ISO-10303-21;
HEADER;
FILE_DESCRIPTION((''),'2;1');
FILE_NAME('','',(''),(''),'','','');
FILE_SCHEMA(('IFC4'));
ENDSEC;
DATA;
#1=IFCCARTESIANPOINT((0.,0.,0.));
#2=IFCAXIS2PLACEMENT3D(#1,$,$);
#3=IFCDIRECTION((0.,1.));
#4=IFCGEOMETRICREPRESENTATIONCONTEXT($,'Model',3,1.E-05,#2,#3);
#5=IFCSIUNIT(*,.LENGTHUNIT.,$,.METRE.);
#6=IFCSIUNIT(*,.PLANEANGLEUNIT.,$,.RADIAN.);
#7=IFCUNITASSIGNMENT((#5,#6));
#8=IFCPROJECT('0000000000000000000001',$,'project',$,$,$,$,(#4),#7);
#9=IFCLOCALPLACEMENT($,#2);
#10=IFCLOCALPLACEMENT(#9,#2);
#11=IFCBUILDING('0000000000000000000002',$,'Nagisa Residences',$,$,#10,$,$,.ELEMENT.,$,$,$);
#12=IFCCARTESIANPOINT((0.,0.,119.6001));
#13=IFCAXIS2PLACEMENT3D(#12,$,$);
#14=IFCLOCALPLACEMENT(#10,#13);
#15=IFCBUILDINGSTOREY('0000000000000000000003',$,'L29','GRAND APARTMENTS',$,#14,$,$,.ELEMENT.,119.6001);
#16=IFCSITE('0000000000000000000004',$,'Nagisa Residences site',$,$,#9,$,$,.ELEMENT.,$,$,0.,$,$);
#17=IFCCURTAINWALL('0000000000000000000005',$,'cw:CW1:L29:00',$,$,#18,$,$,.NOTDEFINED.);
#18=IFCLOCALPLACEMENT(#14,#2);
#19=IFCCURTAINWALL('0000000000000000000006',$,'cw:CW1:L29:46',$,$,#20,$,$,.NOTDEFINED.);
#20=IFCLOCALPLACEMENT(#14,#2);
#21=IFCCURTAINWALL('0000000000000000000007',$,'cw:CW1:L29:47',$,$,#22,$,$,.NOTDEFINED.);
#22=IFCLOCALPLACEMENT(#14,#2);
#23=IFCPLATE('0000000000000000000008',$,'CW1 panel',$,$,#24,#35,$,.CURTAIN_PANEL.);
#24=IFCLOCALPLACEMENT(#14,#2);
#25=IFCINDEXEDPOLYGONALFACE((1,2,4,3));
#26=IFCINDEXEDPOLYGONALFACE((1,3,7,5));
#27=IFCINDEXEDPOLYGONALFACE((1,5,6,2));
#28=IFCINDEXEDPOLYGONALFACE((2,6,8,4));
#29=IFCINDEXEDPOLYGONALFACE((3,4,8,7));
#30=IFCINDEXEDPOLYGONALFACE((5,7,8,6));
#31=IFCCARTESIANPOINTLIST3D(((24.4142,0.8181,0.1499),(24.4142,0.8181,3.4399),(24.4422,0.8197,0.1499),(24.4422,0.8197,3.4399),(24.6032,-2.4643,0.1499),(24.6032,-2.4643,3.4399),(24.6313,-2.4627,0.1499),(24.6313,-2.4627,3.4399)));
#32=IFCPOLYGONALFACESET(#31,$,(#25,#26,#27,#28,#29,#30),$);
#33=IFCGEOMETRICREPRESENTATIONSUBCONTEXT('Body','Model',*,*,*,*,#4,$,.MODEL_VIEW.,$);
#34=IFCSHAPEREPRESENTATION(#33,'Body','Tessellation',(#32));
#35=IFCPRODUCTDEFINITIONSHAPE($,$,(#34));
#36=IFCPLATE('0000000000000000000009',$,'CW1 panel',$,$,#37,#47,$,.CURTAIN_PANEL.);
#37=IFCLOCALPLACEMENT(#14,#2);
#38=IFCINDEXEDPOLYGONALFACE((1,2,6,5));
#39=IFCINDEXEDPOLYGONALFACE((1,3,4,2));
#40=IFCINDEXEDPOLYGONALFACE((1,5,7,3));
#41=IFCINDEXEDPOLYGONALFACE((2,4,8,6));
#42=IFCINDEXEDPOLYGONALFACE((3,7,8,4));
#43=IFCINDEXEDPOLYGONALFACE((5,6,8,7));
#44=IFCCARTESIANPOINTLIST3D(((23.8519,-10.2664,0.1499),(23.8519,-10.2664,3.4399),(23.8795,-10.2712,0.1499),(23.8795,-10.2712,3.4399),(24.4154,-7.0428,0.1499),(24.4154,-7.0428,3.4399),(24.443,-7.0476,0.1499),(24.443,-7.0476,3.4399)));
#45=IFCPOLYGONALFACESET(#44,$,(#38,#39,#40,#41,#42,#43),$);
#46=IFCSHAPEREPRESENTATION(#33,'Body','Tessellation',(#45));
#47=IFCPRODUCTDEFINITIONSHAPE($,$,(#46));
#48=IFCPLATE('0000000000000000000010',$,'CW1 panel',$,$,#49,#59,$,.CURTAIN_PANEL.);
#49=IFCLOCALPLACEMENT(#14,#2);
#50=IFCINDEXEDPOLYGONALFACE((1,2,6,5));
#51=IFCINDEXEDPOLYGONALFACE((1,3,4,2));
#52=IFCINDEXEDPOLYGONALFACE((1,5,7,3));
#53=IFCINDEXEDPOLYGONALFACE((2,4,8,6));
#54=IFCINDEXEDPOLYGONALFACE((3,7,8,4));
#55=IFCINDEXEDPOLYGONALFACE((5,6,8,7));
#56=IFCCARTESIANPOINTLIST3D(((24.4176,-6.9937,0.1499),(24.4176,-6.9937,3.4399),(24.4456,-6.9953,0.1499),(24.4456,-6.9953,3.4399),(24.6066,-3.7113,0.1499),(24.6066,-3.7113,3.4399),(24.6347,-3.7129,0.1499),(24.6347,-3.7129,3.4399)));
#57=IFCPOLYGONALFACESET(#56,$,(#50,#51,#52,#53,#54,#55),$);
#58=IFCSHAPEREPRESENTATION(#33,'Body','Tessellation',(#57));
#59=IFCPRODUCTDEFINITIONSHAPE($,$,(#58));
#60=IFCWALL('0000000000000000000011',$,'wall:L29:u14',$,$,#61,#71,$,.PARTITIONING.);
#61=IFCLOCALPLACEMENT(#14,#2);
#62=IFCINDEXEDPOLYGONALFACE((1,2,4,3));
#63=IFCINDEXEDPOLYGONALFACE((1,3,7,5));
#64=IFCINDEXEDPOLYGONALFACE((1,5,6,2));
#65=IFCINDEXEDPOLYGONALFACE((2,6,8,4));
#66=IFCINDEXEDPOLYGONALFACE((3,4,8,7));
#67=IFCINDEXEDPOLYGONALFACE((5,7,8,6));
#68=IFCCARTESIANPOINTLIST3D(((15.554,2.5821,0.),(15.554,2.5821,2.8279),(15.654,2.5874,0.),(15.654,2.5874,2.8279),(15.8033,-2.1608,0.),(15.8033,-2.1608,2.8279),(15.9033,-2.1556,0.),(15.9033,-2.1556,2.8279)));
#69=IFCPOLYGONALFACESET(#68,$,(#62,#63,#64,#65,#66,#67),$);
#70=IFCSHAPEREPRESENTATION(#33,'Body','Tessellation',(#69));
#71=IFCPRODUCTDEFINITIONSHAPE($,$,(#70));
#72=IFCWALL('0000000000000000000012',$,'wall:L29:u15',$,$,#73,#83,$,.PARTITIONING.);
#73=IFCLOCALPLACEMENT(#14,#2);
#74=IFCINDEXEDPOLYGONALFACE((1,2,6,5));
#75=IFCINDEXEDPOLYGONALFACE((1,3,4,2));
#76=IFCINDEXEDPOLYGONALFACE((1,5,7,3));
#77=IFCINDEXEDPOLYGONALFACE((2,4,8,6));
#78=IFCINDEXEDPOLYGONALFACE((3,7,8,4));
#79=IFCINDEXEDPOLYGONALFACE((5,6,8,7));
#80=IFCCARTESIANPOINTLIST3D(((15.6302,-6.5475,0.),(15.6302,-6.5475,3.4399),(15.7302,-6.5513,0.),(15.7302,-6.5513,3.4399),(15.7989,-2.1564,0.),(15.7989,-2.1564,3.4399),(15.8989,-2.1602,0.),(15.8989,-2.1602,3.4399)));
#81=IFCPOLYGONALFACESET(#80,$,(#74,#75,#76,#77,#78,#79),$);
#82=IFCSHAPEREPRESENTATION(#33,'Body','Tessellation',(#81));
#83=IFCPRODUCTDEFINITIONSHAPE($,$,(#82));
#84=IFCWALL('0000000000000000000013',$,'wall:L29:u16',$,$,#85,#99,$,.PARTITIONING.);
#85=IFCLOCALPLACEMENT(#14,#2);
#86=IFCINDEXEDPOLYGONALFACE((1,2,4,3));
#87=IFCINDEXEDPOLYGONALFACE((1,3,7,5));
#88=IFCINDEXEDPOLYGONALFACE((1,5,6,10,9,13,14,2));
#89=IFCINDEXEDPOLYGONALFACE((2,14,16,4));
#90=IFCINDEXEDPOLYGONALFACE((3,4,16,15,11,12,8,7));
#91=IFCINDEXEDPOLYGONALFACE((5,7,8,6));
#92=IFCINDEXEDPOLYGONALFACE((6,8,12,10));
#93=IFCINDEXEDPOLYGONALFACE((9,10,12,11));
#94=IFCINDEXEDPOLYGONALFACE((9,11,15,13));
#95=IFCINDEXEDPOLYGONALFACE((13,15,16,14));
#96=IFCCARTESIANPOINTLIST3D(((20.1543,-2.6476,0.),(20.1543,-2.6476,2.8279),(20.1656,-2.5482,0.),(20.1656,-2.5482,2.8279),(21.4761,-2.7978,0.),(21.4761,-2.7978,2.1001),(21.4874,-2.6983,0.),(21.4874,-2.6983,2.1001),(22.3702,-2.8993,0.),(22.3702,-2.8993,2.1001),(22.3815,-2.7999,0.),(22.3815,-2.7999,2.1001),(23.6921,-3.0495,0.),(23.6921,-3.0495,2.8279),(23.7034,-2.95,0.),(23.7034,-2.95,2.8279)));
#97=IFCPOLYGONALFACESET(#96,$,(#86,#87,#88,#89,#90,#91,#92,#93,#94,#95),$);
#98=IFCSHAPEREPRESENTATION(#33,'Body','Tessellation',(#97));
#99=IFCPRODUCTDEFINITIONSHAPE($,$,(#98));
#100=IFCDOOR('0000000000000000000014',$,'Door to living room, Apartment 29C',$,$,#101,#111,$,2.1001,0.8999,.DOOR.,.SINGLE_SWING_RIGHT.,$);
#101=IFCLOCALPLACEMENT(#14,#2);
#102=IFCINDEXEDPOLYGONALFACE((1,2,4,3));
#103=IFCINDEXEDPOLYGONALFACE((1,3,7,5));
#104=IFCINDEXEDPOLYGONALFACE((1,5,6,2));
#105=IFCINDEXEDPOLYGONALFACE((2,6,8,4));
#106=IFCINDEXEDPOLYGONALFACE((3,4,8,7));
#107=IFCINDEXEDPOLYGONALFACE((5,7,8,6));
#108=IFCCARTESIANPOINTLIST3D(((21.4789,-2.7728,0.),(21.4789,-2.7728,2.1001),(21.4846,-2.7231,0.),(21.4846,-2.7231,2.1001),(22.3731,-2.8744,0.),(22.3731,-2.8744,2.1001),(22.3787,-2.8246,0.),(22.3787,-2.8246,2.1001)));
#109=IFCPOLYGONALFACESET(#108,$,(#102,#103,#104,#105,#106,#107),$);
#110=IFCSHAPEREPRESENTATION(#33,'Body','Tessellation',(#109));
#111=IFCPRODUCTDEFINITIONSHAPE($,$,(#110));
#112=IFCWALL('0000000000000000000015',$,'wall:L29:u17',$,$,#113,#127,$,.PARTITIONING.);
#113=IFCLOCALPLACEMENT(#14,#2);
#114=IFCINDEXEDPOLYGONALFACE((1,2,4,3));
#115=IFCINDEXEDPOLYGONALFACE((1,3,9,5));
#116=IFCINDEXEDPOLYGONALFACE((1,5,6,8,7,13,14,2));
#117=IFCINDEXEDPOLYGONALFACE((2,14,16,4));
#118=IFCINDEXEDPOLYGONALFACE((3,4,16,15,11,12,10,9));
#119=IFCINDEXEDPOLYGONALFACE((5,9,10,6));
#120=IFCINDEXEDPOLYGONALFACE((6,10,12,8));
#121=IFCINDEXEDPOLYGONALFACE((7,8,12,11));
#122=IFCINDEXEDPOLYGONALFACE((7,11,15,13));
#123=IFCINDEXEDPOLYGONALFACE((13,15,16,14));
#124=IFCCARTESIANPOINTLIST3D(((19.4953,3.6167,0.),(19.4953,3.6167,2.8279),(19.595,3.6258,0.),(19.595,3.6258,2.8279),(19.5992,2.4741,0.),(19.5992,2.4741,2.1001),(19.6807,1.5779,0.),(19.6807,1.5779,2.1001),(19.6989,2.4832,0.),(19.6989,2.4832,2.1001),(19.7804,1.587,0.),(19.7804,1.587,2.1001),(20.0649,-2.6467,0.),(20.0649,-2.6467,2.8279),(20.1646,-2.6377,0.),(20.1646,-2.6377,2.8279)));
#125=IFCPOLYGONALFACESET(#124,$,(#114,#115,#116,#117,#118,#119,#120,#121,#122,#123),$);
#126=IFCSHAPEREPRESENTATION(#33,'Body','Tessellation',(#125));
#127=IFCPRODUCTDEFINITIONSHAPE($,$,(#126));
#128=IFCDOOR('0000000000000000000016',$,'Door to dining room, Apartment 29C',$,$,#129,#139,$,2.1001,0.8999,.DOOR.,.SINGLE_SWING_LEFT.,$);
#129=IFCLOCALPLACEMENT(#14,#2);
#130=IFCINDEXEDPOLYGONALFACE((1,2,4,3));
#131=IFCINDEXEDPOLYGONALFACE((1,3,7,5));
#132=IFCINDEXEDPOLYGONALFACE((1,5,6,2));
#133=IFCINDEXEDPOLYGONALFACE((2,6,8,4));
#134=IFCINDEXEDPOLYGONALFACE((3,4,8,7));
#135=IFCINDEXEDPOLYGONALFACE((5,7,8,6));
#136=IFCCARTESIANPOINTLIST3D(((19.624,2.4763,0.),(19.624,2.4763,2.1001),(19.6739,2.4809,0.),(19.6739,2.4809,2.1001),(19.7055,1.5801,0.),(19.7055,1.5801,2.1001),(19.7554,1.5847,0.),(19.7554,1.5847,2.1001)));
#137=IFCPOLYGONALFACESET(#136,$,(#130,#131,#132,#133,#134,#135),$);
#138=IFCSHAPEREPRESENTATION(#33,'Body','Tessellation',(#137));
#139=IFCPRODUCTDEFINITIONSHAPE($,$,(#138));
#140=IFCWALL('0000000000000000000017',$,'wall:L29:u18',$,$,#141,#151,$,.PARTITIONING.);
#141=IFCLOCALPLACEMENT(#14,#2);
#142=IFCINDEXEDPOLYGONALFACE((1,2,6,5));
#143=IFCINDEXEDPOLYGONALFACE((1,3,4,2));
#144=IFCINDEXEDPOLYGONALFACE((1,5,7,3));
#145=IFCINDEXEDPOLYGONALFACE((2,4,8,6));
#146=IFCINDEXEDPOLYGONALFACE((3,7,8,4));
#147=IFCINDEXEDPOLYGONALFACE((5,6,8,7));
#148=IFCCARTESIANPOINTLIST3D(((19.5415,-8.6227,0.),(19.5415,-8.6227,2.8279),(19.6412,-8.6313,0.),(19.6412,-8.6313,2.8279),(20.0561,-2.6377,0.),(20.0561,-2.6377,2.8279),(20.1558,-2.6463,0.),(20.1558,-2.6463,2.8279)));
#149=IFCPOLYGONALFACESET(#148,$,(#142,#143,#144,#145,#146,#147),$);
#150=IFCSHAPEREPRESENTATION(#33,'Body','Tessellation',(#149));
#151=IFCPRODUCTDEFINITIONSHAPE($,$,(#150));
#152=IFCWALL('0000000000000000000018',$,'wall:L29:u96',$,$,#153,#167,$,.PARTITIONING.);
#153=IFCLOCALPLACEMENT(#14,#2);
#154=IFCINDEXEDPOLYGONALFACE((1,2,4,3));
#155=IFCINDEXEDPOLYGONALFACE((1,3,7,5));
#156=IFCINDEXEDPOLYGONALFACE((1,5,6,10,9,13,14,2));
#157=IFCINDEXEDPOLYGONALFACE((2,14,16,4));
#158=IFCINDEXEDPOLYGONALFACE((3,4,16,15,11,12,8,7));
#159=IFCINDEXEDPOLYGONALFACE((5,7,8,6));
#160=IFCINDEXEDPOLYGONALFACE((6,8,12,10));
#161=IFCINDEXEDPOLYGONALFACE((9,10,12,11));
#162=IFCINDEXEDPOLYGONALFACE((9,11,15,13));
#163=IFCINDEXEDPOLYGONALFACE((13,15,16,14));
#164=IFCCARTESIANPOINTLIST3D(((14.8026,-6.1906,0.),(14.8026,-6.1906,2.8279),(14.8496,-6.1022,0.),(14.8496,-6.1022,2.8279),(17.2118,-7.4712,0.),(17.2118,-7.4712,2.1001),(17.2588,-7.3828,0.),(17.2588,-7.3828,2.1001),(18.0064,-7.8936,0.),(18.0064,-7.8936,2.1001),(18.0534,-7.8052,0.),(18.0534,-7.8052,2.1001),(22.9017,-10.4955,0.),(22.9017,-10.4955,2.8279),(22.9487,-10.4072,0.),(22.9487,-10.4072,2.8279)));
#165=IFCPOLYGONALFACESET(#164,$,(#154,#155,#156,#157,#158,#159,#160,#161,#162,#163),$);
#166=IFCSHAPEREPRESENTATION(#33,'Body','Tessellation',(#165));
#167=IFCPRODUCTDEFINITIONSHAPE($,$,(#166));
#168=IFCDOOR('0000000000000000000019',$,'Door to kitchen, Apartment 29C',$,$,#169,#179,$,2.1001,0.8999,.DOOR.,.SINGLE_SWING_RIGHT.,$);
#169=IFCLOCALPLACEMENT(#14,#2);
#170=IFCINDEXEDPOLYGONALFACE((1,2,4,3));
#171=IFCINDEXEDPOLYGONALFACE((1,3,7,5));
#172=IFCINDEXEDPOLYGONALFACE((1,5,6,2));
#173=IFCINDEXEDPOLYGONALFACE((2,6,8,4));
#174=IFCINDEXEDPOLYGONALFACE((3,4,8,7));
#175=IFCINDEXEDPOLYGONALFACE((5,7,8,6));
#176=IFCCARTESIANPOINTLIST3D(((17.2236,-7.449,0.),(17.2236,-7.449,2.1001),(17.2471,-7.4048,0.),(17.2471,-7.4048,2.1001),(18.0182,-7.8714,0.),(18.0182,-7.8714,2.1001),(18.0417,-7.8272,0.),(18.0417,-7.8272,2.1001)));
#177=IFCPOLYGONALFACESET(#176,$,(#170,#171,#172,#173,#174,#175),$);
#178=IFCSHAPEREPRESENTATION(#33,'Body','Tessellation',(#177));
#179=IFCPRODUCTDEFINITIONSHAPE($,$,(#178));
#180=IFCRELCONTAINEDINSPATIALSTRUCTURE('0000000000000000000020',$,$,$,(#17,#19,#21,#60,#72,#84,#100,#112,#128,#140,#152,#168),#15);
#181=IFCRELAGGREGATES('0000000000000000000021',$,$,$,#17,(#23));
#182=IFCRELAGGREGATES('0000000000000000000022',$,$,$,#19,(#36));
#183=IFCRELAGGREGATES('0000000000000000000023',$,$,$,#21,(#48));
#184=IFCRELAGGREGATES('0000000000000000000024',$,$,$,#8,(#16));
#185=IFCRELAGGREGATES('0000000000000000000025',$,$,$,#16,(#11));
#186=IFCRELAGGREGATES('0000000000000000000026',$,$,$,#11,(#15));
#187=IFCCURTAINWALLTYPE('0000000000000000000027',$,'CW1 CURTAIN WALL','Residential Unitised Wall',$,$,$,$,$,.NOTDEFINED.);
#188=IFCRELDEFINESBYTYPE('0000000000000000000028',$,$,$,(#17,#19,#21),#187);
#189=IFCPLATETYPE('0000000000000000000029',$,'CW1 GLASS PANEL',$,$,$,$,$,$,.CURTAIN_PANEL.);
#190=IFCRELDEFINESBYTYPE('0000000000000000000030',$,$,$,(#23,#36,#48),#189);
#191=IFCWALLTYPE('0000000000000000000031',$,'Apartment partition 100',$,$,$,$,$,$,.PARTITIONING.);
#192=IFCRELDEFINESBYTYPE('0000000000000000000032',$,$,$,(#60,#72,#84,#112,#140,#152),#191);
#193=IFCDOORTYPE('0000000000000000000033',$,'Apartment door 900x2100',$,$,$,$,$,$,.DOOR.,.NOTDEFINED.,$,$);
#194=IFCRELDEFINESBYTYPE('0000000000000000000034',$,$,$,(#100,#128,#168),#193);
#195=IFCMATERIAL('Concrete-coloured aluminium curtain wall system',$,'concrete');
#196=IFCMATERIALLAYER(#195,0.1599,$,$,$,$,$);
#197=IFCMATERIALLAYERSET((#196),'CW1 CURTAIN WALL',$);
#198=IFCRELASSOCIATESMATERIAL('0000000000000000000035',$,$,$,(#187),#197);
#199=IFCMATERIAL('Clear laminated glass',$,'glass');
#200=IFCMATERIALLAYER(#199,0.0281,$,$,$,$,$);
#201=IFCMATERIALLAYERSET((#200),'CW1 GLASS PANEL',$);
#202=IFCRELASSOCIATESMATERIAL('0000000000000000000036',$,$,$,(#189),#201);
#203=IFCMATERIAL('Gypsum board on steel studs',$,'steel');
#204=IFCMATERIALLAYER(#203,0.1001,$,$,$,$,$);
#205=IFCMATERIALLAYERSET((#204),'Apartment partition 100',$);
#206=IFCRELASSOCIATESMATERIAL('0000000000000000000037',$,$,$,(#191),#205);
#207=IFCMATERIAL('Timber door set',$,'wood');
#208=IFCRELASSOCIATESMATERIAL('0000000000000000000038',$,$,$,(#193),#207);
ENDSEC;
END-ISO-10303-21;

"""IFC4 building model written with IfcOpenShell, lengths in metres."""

from ifc_helpers import new_model, si_unit, direction, frame, frame_2d, origin, origin_2d, place, context, subcontext, project, spatial, rectangle, extrude, material, layer, layer_set, type_object, element, fill, aggregate, save


model = new_model("IFC4")

# Units and contexts
model_context = context("Model", 3, precision=1e-05, world=origin(), true_north=direction((0.0, 1.0)))
body_context = subcontext(model_context, "Body", "Model", "MODEL_VIEW")
ifc_project = project(units=[si_unit("LENGTHUNIT", "METRE"), si_unit("PLANEANGLEUNIT", "RADIAN")], contexts=[model_context])

# Site, building, storey
site_placement = place(None, origin())
site = spatial("IfcSite", under=ifc_project, at=site_placement, Name="Nagisa Residences site", CompositionType="ELEMENT", RefElevation=0.0)
building_placement = place(site_placement, origin())
building = spatial("IfcBuilding", under=site, at=building_placement, Name="Nagisa Residences", CompositionType="ELEMENT")
storey_placement = place(building_placement, frame((0.0, 0.0, 119.6001)))
storey = spatial("IfcBuildingStorey", under=building, at=storey_placement, Name="L29", Description="GRAND APARTMENTS", CompositionType="ELEMENT", Elevation=119.6001)

# Curtain walls
ifc_material_1 = material(Name="Concrete-coloured aluminium curtain wall system", Category="concrete")
ifc_layer_1 = layer(ifc_material_1, 0.1599)
ifc_layer_set_1 = layer_set([ifc_layer_1], Name="CW1 CURTAIN WALL")
curtain_wall_type = type_object("IfcCurtainWallType", Name="CW1 CURTAIN WALL", Description="Residential Unitised Wall", PredefinedType="NOTDEFINED", material=ifc_layer_set_1)
curtain_wall_1_placement = place(storey_placement, origin())
curtain_wall_1 = element("IfcCurtainWall", 1, at=curtain_wall_1_placement, inside=storey, type_object=curtain_wall_type, Name="cw:CW1:L29:00", PredefinedType="NOTDEFINED")
curtain_wall_2_placement = place(storey_placement, origin())
curtain_wall_2 = element("IfcCurtainWall", 2, at=curtain_wall_2_placement, inside=storey, type_object=curtain_wall_type, Name="cw:CW1:L29:46", PredefinedType="NOTDEFINED")
curtain_wall_3_placement = place(storey_placement, origin())
curtain_wall_3 = element("IfcCurtainWall", 3, at=curtain_wall_3_placement, inside=storey, type_object=curtain_wall_type, Name="cw:CW1:L29:47", PredefinedType="NOTDEFINED")

# Plates
ifc_material_2 = material(Name="Clear laminated glass", Category="glass")
ifc_layer_2 = layer(ifc_material_2, 0.0281)
ifc_layer_set_2 = layer_set([ifc_layer_2], Name="CW1 GLASS PANEL")
plate_type = type_object("IfcPlateType", Name="CW1 GLASS PANEL", PredefinedType="CURTAIN_PANEL", material=ifc_layer_set_2)
plate_1_placement = place(storey_placement, frame((24.5227, -0.8223, 0.1499), z_axis=(0.0, 0.0, 1.0), x_axis=(-0.057503, 0.998345, 0.0)))
plate_1 = element("IfcPlate", 4, at=plate_1_placement, type_object=plate_type, Name="CW1 panel", PredefinedType="CURTAIN_PANEL", context=body_context, shape_type="SweptSolid", body=[
    extrude(rectangle(XDim=3.2878, YDim=0.0281, at=origin_2d()), origin(), (0.0, 0.0, 1.0), 3.29),
])
aggregate(curtain_wall_1, [plate_1])
plate_2_placement = place(storey_placement, frame((24.1475, -8.657, 0.1499), z_axis=(0.0, 0.0, 1.0), x_axis=(0.172191, 0.985064, 0.0)))
plate_2 = element("IfcPlate", 5, at=plate_2_placement, type_object=plate_type, Name="CW1 panel", PredefinedType="CURTAIN_PANEL", context=body_context, shape_type="SweptSolid", body=[
    extrude(rectangle(XDim=3.2725, YDim=0.0281, at=origin_2d()), origin(), (0.0, 0.0, 1.0), 3.29),
])
aggregate(curtain_wall_2, [plate_2])
plate_3_placement = place(storey_placement, frame((24.5261, -5.3533, 0.1499), z_axis=(0.0, 0.0, 1.0), x_axis=(0.057503, 0.998345, 0.0)))
plate_3 = element("IfcPlate", 6, at=plate_3_placement, type_object=plate_type, Name="CW1 panel", PredefinedType="CURTAIN_PANEL", context=body_context, shape_type="SweptSolid", body=[
    extrude(rectangle(XDim=3.2878, YDim=0.0281, at=origin_2d()), origin(), (0.0, 0.0, 1.0), 3.29),
])
aggregate(curtain_wall_3, [plate_3])

# Walls
ifc_material_3 = material(Name="Gypsum board on steel studs", Category="steel")
ifc_layer_3 = layer(ifc_material_3, 0.1001)
ifc_layer_set_3 = layer_set([ifc_layer_3], Name="Apartment partition 100")
wall_type_1 = type_object("IfcWallType", Name="Apartment partition 100", PredefinedType="PARTITIONING", material=ifc_layer_set_3)
wall_1_placement = place(storey_placement, frame((15.8533, -2.1582, 0.0), z_axis=(0.0, 0.0, 1.0), x_axis=(-0.052483, 0.998622, 0.0)))
element("IfcWall", 7, at=wall_1_placement, inside=storey, type_object=wall_type_1, Name="wall:L29:u14", PredefinedType="PARTITIONING", context=body_context, shape_type="SweptSolid", body=[
    extrude(rectangle(XDim=4.7495, YDim=0.1001, at=frame_2d((2.3748, 0.0))), origin(), (0.0, 0.0, 1.0), 2.8279),
])
wall_2_placement = place(storey_placement, frame((15.8489, -2.1582, 0.0), z_axis=(0.0, 0.0, 1.0), x_axis=(-0.03839, -0.999263, 0.0)))
element("IfcWall", 8, at=wall_2_placement, inside=storey, type_object=wall_type_1, Name="wall:L29:u15", PredefinedType="PARTITIONING", context=body_context, shape_type="SweptSolid", body=[
    extrude(rectangle(XDim=4.3943, YDim=0.1001, at=frame_2d((2.1973, 0.0))), origin(), (0.0, 0.0, 1.0), 3.4399),
])

# Walls, openings, doors
wall_3_placement = place(storey_placement, frame((20.1599, -2.5979, 0.0), z_axis=(0.0, 0.0, 1.0), x_axis=(0.993611, -0.112862, 0.0)))
wall_3 = element("IfcWall", 9, at=wall_3_placement, inside=storey, type_object=wall_type_1, Name="wall:L29:u16", PredefinedType="PARTITIONING", context=body_context, shape_type="SweptSolid", body=[
    extrude(rectangle(XDim=3.5605, YDim=0.1001, at=frame_2d((1.7803, 0.0))), origin(), (0.0, 0.0, 1.0), 2.8279),
])
opening_1_placement = place(wall_3_placement, frame((1.3303, 0.0, 0.0)))
opening_1 = element("IfcOpeningElement", 10, at=opening_1_placement, cuts=wall_3, PredefinedType="OPENING", context=body_context, shape_type="SweptSolid", body=[
    extrude(rectangle(XDim=0.8999, YDim=2.1001, at=frame_2d((0.45, 1.05))), frame((0.0, 0.0601, 0.0), z_axis=(0.0, -1.0, 0.0), x_axis=(1.0, 0.0, 0.0)), (0.0, 0.0, 1.0), 0.1201),
])
ifc_material_4 = material(Name="Timber door set", Category="wood")
door_type_1 = type_object("IfcDoorType", Name="Apartment door 900x2100", OperationType="NOTDEFINED", PredefinedType="DOOR", material=ifc_material_4)
door_1_placement = place(opening_1_placement, frame((0.8999, 0.0, 0.0), x_axis=(-1.0, 0.0, 0.0)))
door_1 = element("IfcDoor", 11, at=door_1_placement, inside=storey, type_object=door_type_1, Name="Door to living room, Apartment 29C", OperationType="SINGLE_SWING_RIGHT", OverallHeight=2.1001, OverallWidth=0.8999, PredefinedType="DOOR", context=body_context, shape_type="SweptSolid", body=[
    extrude(rectangle(XDim=0.8999, YDim=2.1001, at=frame_2d((0.45, 1.05))), frame((0.0, 0.0249, 0.0), z_axis=(0.0, -1.0, 0.0), x_axis=(1.0, 0.0, 0.0)), (0.0, 0.0, 1.0), 0.05),
])
fill(opening_1, door_1)
wall_4_placement = place(storey_placement, frame((20.1147, -2.6421, 0.0), z_axis=(0.0, 0.0, 1.0), x_axis=(-0.090564, 0.995891, 0.0)))
wall_4 = element("IfcWall", 12, at=wall_4_placement, inside=storey, type_object=wall_type_1, Name="wall:L29:u17", PredefinedType="PARTITIONING", context=body_context, shape_type="SweptSolid", body=[
    extrude(rectangle(XDim=6.2893, YDim=0.1001, at=frame_2d((3.1445, 0.0))), origin(), (0.0, 0.0, 1.0), 2.8279),
])
opening_2_placement = place(wall_4_placement, frame((4.2419, 0.0, 0.0)))
opening_2 = element("IfcOpeningElement", 13, at=opening_2_placement, cuts=wall_4, PredefinedType="OPENING", context=body_context, shape_type="SweptSolid", body=[
    extrude(rectangle(XDim=0.8999, YDim=2.1001, at=frame_2d((0.45, 1.05))), frame((0.0, 0.0601, 0.0), z_axis=(0.0, -1.0, 0.0), x_axis=(1.0, 0.0, 0.0)), (0.0, 0.0, 1.0), 0.1201),
])
door_2_placement = place(opening_2_placement, frame((0.8999, 0.0, 0.0), x_axis=(-1.0, 0.0, 0.0)))
door_2 = element("IfcDoor", 14, at=door_2_placement, inside=storey, type_object=door_type_1, Name="Door to dining room, Apartment 29C", OperationType="SINGLE_SWING_LEFT", OverallHeight=2.1001, OverallWidth=0.8999, PredefinedType="DOOR", context=body_context, shape_type="SweptSolid", body=[
    extrude(rectangle(XDim=0.8999, YDim=2.1001, at=frame_2d((0.45, 1.05))), frame((0.0, 0.0249, 0.0), z_axis=(0.0, -1.0, 0.0), x_axis=(1.0, 0.0, 0.0)), (0.0, 0.0, 1.0), 0.05),
])
fill(opening_2, door_2)

# Wall
wall_5_placement = place(storey_placement, frame((20.106, -2.6421, 0.0), z_axis=(0.0, 0.0, 1.0), x_axis=(-0.085672, -0.996323, 0.0)))
element("IfcWall", 15, at=wall_5_placement, inside=storey, type_object=wall_type_1, Name="wall:L29:u18", PredefinedType="PARTITIONING", context=body_context, shape_type="SweptSolid", body=[
    extrude(rectangle(XDim=6.0071, YDim=0.1001, at=frame_2d((3.0034, 0.0))), origin(), (0.0, 0.0, 1.0), 2.8279),
])

# Wall, opening, door
wall_6_placement = place(storey_placement, frame((14.8262, -6.1465, 0.0), z_axis=(0.0, 0.0, 1.0), x_axis=(0.883013, -0.469349, 0.0)))
wall_6 = element("IfcWall", 16, at=wall_6_placement, inside=storey, type_object=wall_type_1, Name="wall:L29:u96", PredefinedType="PARTITIONING", context=body_context, shape_type="SweptSolid", body=[
    extrude(rectangle(XDim=9.1721, YDim=0.1001, at=frame_2d((4.5859, 0.0))), origin(), (0.0, 0.0, 1.0), 2.8279),
])
opening_3_placement = place(wall_6_placement, frame((2.7283, 0.0, 0.0)))
opening_3 = element("IfcOpeningElement", 17, at=opening_3_placement, cuts=wall_6, PredefinedType="OPENING", context=body_context, shape_type="SweptSolid", body=[
    extrude(rectangle(XDim=0.8999, YDim=2.1001, at=frame_2d((0.45, 1.05))), frame((0.0, 0.0601, 0.0), z_axis=(0.0, -1.0, 0.0), x_axis=(1.0, 0.0, 0.0)), (0.0, 0.0, 1.0), 0.1201),
])
door_3_placement = place(opening_3_placement, frame((0.8999, 0.0, 0.0), x_axis=(-1.0, 0.0, 0.0)))
door_3 = element("IfcDoor", 18, at=door_3_placement, inside=storey, type_object=door_type_1, Name="Door to kitchen, Apartment 29C", OperationType="SINGLE_SWING_RIGHT", OverallHeight=2.1001, OverallWidth=0.8999, PredefinedType="DOOR", context=body_context, shape_type="SweptSolid", body=[
    extrude(rectangle(XDim=0.8999, YDim=2.1001, at=frame_2d((0.45, 1.05))), frame((0.0, 0.0249, 0.0), z_axis=(0.0, -1.0, 0.0), x_axis=(1.0, 0.0, 0.0)), (0.0, 0.0, 1.0), 0.05),
])
fill(opening_3, door_3)

save(model, "model.ifc")
